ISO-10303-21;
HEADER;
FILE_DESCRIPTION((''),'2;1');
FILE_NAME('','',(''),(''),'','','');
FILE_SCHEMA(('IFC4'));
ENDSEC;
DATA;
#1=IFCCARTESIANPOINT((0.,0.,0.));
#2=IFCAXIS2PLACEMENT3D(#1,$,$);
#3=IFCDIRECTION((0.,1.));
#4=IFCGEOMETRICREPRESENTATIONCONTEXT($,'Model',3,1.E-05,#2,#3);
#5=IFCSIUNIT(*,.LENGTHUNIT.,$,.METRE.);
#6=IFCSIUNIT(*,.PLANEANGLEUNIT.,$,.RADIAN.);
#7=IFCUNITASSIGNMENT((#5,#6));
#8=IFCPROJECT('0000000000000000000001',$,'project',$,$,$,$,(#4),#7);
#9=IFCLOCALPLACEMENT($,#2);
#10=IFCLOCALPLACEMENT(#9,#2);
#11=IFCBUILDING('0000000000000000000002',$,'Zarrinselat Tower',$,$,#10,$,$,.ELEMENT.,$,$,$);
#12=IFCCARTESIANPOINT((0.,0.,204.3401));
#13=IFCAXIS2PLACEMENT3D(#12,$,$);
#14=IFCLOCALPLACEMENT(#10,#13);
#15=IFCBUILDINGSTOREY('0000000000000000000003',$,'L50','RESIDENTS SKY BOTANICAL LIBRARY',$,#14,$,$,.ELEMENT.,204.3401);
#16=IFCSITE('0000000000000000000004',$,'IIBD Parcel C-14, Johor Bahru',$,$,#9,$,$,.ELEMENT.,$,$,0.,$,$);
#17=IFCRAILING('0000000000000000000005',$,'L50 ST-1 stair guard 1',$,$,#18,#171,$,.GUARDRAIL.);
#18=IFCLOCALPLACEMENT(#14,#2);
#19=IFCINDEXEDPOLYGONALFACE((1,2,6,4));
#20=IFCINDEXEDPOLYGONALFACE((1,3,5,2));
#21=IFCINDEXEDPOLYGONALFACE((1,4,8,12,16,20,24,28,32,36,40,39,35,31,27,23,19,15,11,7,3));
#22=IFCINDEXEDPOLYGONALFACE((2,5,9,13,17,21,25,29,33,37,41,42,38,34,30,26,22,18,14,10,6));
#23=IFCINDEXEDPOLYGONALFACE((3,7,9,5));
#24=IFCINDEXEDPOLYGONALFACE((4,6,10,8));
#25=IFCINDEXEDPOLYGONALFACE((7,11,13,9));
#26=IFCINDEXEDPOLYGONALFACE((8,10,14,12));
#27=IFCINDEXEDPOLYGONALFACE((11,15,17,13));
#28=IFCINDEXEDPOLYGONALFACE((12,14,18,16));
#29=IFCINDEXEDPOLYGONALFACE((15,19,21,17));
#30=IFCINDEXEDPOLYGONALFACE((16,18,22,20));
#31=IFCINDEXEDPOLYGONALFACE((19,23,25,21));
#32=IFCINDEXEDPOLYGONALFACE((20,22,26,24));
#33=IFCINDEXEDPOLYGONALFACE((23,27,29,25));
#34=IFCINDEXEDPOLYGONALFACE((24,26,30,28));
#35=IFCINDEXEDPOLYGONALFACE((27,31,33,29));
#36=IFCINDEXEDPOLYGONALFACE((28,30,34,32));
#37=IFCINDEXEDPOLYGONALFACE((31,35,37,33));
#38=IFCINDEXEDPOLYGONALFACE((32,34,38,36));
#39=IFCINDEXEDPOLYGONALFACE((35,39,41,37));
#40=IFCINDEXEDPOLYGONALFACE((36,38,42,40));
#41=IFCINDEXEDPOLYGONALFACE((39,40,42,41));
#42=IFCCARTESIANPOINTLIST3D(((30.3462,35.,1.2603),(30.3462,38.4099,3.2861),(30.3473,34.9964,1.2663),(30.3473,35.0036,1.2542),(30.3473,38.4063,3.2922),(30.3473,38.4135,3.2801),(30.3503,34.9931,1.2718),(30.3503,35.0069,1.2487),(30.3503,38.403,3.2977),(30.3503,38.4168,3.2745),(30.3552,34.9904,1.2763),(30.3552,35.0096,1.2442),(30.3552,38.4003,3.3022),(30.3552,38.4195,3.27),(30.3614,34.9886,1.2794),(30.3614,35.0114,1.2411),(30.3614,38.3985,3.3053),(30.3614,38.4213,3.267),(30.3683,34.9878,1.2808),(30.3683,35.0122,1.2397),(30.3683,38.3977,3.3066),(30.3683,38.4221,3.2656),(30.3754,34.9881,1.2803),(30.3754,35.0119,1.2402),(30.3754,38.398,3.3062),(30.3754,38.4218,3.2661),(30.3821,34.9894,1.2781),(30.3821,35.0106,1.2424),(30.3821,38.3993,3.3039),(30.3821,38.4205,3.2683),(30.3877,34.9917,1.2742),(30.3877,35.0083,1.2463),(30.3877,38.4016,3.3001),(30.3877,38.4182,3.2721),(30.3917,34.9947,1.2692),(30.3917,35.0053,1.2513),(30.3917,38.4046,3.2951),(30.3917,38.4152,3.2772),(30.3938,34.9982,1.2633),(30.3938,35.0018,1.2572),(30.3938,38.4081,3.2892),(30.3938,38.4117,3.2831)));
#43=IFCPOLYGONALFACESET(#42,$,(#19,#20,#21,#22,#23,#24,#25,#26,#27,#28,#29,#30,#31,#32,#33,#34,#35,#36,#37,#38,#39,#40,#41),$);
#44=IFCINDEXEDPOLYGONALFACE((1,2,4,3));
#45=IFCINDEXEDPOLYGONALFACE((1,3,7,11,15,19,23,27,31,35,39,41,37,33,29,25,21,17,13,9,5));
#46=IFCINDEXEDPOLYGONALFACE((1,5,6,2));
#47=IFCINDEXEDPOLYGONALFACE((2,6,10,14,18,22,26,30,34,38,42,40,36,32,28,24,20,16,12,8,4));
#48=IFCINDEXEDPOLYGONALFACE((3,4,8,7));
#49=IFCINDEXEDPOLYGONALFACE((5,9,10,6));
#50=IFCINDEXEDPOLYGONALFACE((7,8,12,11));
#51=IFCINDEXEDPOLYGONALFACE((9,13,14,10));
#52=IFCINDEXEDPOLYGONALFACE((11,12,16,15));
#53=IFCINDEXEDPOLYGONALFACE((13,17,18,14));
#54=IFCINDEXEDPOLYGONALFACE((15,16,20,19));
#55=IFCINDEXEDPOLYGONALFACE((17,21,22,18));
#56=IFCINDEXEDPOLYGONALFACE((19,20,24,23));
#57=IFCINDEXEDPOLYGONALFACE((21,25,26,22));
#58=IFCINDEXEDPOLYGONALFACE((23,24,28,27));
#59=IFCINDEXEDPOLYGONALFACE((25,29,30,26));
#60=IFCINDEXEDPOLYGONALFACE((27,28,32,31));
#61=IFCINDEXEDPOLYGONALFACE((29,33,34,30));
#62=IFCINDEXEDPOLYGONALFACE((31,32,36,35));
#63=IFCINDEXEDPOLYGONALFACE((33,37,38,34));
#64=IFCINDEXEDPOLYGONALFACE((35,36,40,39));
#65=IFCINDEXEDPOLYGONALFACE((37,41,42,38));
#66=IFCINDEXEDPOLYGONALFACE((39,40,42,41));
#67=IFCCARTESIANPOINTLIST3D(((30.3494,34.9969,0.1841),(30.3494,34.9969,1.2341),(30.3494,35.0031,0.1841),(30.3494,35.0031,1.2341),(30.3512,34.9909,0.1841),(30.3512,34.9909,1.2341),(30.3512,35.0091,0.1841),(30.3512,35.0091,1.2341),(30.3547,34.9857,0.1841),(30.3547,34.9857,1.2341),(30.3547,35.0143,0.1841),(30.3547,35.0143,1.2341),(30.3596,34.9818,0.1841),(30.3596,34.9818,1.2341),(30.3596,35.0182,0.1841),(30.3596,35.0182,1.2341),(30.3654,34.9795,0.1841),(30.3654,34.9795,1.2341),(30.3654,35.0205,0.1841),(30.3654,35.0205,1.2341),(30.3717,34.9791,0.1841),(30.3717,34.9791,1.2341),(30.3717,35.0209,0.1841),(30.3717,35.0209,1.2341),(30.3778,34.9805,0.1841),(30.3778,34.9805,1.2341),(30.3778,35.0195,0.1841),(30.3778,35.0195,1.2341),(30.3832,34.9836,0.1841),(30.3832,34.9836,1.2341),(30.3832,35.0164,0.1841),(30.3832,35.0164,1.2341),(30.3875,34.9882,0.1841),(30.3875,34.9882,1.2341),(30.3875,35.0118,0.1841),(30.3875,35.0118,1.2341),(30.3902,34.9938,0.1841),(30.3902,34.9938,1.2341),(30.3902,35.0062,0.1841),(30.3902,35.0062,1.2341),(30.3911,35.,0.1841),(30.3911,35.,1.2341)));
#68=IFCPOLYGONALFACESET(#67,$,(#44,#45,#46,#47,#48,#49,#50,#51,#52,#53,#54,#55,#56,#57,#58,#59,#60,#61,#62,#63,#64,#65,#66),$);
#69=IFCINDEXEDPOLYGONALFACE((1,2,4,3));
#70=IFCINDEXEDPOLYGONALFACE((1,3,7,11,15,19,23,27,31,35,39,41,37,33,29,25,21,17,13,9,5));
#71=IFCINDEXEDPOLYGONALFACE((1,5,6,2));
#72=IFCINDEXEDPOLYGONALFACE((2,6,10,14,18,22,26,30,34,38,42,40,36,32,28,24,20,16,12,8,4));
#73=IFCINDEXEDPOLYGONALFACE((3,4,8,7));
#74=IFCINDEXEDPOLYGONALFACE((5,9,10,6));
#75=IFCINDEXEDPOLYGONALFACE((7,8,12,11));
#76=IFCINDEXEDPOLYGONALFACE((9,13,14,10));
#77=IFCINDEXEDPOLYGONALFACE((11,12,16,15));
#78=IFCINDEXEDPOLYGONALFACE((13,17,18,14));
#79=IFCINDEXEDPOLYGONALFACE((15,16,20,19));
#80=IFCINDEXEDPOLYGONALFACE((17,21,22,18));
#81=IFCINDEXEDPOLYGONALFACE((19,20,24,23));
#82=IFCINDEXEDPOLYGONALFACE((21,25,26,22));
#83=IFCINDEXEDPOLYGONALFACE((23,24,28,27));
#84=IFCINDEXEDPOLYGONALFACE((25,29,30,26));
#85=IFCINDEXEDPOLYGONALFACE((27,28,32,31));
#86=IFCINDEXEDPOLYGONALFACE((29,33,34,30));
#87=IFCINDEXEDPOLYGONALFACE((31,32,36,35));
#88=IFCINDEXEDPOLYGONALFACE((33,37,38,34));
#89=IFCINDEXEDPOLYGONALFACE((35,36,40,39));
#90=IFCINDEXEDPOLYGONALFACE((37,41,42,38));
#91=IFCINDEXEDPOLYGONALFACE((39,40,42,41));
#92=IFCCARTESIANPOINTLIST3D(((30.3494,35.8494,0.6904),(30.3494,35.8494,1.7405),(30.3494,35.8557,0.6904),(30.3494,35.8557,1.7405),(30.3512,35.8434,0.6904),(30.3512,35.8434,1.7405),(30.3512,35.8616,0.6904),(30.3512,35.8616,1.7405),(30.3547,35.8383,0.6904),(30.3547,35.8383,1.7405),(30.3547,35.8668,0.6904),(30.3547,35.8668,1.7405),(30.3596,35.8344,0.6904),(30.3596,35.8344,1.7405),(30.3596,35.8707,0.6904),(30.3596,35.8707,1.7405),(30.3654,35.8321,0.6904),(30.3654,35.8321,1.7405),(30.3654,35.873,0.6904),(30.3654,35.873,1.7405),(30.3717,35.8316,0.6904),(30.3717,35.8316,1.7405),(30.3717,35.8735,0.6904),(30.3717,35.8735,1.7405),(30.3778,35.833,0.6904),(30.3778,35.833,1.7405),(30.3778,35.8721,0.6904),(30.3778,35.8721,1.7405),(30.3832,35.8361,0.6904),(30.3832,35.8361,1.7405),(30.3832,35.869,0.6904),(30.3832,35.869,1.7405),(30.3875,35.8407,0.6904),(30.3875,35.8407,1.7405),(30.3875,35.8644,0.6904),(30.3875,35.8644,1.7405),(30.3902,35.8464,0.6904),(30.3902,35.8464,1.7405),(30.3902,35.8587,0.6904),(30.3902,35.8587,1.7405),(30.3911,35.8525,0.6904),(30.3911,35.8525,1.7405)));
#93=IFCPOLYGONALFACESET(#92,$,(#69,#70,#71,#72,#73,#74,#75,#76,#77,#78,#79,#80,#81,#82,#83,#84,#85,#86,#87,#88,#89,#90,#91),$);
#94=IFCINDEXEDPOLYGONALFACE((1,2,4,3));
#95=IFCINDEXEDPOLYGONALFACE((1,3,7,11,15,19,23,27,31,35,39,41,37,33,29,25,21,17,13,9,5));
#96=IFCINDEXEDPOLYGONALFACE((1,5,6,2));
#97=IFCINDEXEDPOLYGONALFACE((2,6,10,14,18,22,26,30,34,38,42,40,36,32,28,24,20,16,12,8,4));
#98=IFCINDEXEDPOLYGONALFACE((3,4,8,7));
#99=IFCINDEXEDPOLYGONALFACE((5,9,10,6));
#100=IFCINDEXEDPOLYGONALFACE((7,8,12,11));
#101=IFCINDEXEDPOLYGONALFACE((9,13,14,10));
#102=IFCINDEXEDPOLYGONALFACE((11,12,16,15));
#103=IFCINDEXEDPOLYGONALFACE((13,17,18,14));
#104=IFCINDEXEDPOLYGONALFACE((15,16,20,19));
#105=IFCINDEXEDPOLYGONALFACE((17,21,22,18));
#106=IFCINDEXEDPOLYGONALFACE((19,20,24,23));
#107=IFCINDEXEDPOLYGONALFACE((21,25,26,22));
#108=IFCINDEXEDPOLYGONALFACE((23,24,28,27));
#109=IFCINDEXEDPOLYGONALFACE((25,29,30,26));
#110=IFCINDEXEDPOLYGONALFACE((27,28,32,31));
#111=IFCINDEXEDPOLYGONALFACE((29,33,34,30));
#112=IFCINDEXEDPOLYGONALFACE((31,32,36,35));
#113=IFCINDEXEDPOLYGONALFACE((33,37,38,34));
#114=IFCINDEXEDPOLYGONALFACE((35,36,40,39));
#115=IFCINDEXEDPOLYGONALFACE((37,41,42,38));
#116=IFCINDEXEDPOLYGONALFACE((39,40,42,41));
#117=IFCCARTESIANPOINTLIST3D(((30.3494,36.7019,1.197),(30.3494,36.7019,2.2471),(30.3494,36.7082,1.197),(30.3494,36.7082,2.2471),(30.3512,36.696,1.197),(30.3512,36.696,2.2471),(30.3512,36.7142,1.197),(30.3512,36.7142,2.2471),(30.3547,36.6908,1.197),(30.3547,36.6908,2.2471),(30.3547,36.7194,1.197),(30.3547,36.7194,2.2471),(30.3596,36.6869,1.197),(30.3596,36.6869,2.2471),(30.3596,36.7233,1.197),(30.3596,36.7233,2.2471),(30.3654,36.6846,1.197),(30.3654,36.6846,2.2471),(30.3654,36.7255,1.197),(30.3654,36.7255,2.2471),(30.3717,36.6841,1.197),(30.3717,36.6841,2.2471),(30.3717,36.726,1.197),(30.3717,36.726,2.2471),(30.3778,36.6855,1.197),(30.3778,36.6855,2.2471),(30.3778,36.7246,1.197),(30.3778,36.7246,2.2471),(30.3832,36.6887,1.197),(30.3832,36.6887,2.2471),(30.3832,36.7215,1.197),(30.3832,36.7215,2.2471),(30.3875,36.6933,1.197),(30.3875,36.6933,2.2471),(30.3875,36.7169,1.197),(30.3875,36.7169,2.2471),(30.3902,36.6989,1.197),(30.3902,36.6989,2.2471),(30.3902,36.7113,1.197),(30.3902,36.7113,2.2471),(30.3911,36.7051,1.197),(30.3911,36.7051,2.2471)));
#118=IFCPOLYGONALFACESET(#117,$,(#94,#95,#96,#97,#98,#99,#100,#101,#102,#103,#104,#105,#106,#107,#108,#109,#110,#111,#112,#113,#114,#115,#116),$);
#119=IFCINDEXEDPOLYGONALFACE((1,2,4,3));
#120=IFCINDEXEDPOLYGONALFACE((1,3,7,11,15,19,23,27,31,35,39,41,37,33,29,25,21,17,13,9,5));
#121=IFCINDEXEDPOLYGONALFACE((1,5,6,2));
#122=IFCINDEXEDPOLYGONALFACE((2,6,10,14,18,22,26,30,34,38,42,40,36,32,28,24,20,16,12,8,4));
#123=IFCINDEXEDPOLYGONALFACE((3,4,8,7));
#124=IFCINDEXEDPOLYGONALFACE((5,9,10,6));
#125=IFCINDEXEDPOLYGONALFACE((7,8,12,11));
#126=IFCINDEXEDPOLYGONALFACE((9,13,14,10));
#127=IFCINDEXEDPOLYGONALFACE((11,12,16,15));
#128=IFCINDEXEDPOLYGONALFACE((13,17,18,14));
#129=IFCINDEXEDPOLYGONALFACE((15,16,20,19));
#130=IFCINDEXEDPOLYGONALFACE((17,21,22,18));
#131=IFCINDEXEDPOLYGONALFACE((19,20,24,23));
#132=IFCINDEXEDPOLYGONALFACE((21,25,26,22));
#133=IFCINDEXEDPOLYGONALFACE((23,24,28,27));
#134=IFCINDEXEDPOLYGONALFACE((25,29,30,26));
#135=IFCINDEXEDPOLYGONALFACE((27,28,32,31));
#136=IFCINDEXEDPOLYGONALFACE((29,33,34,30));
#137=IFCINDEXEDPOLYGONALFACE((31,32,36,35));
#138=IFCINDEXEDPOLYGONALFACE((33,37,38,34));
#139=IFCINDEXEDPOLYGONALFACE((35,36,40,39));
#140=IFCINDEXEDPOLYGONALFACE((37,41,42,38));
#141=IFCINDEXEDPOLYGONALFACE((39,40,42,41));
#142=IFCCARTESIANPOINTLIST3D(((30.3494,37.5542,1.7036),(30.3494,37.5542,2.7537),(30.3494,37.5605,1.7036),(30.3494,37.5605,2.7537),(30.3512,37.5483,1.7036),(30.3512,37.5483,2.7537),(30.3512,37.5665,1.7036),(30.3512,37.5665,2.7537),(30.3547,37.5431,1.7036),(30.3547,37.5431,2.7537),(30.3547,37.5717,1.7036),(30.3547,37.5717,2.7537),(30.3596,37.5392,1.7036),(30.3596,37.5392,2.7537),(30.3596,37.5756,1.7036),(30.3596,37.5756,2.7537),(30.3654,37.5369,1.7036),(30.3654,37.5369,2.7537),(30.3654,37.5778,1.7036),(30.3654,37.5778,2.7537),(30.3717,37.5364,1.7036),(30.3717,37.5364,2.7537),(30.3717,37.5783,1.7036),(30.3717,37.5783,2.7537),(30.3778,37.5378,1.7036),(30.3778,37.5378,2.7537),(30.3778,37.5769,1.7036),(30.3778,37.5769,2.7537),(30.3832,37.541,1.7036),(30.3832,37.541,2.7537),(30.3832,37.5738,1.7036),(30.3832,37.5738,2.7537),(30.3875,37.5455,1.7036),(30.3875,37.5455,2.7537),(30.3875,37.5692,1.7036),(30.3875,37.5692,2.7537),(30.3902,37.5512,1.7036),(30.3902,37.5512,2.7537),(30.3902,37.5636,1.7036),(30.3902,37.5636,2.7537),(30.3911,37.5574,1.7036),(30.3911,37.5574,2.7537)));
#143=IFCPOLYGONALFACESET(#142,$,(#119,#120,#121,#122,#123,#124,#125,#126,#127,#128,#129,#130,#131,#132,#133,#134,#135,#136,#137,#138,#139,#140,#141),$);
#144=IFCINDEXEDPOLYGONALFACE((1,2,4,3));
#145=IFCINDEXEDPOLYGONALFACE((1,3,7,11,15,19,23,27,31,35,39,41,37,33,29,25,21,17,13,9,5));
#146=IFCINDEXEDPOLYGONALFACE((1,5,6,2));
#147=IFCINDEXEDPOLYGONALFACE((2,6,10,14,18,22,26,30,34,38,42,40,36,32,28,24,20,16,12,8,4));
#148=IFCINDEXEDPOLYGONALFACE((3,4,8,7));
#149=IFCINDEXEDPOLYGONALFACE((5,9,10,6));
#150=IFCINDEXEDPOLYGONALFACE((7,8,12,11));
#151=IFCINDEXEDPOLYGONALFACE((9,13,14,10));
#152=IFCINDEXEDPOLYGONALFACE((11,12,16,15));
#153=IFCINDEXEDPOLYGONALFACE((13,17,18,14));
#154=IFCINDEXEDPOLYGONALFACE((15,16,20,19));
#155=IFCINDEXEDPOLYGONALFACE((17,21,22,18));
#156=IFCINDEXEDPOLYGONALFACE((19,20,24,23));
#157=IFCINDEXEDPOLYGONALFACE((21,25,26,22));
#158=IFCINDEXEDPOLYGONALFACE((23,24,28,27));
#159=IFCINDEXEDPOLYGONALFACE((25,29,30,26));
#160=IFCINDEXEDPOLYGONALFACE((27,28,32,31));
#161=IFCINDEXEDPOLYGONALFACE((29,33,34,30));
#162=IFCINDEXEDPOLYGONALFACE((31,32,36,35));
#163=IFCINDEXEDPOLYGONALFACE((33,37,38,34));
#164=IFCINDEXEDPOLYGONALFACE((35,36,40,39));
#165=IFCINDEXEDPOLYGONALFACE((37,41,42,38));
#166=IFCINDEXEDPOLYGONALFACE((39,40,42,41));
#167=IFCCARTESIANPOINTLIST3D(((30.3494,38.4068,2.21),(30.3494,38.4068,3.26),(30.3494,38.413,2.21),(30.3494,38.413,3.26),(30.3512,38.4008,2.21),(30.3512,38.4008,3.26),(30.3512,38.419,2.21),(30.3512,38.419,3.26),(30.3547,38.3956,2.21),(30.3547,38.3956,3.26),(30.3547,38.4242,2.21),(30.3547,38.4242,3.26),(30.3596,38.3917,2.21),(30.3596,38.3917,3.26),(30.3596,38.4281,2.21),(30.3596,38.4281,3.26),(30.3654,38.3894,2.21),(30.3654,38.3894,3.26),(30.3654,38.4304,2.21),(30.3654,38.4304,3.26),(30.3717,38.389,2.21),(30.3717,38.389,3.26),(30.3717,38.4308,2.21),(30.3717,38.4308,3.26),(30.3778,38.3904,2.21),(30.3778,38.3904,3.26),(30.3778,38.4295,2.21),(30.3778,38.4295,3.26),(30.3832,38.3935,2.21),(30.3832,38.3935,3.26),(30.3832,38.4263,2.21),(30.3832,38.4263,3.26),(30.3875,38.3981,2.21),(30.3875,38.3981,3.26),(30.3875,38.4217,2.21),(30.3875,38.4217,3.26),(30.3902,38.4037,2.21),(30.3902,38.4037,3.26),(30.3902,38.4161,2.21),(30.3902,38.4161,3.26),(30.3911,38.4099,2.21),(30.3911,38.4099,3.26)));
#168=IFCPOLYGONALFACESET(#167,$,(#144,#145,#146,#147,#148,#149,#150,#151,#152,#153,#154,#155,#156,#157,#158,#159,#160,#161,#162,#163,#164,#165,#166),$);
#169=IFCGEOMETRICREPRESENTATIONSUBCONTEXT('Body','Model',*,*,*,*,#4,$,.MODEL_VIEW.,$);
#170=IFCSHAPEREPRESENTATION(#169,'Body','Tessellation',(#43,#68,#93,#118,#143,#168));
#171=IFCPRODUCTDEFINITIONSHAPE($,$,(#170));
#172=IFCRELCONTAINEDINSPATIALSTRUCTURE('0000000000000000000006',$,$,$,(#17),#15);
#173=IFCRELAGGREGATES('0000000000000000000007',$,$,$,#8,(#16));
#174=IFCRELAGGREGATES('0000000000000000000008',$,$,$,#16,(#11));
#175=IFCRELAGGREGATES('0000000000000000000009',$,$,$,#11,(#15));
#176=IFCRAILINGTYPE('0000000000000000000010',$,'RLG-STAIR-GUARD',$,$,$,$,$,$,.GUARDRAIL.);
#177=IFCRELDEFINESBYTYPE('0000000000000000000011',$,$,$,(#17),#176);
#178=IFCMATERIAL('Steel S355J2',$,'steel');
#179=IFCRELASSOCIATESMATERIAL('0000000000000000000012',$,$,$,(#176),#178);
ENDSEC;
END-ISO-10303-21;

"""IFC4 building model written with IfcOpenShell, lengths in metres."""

from ifc_helpers import new_model, si_unit, direction, frame, origin, origin_2d, place, context, subcontext, project, spatial, circle, extrude, material, type_object, element, save


model = new_model("IFC4")

# Units and contexts
model_context = context("Model", 3, precision=1e-05, world=origin(), true_north=direction((0.0, 1.0)))
body_context = subcontext(model_context, "Body", "Model", "MODEL_VIEW")
ifc_project = project(units=[si_unit("LENGTHUNIT", "METRE"), si_unit("PLANEANGLEUNIT", "RADIAN")], contexts=[model_context])

# Site, building, storey
site_placement = place(None, origin())
site = spatial("IfcSite", under=ifc_project, at=site_placement, Name="IIBD Parcel C-14, Johor Bahru", CompositionType="ELEMENT", RefElevation=0.0)
building_placement = place(site_placement, origin())
building = spatial("IfcBuilding", under=site, at=building_placement, Name="Zarrinselat Tower", CompositionType="ELEMENT")
storey_placement = place(building_placement, frame((0.0, 0.0, 204.3401)))
storey = spatial("IfcBuildingStorey", under=building, at=storey_placement, Name="L50", Description="RESIDENTS SKY BOTANICAL LIBRARY", CompositionType="ELEMENT", Elevation=204.3401)

# Railing
ifc_material_1 = material(Name="Steel S355J2", Category="steel")
railing_type_1 = type_object("IfcRailingType", Name="RLG-STAIR-GUARD", PredefinedType="GUARDRAIL", material=ifc_material_1)
railing_1_placement = place(storey_placement, frame((30.3701, 35.0, 0.1841)))
element("IfcRailing", 1, at=railing_1_placement, inside=storey, type_object=railing_type_1, Name="L50 ST-1 stair guard 1", PredefinedType="GUARDRAIL", context=body_context, shape_type="SweptSolid", body=[
    extrude(circle(Radius=0.0239, at=origin_2d()), frame((0.0, 0.0, 1.0762), z_axis=(0.0, 0.859717, 0.510771), x_axis=(-1.0, 0.0, 0.0)), (0.0, 0.0, 1.0), 3.9663),
    extrude(circle(Radius=0.021, at=origin_2d()), origin(), (0.0, 0.0, 1.0), 1.05),
    extrude(circle(Radius=0.021, at=origin_2d()), frame((0.0, 0.8525, 0.5063)), (0.0, 0.0, 1.0), 1.05),
    extrude(circle(Radius=0.021, at=origin_2d()), frame((0.0, 1.7051, 1.0129)), (0.0, 0.0, 1.0), 1.05),
    extrude(circle(Radius=0.021, at=origin_2d()), frame((0.0, 2.5574, 1.5195)), (0.0, 0.0, 1.0), 1.05),
    extrude(circle(Radius=0.021, at=origin_2d()), frame((0.0, 3.4099, 2.0259)), (0.0, 0.0, 1.0), 1.05),
])

save(model, "model.ifc")
